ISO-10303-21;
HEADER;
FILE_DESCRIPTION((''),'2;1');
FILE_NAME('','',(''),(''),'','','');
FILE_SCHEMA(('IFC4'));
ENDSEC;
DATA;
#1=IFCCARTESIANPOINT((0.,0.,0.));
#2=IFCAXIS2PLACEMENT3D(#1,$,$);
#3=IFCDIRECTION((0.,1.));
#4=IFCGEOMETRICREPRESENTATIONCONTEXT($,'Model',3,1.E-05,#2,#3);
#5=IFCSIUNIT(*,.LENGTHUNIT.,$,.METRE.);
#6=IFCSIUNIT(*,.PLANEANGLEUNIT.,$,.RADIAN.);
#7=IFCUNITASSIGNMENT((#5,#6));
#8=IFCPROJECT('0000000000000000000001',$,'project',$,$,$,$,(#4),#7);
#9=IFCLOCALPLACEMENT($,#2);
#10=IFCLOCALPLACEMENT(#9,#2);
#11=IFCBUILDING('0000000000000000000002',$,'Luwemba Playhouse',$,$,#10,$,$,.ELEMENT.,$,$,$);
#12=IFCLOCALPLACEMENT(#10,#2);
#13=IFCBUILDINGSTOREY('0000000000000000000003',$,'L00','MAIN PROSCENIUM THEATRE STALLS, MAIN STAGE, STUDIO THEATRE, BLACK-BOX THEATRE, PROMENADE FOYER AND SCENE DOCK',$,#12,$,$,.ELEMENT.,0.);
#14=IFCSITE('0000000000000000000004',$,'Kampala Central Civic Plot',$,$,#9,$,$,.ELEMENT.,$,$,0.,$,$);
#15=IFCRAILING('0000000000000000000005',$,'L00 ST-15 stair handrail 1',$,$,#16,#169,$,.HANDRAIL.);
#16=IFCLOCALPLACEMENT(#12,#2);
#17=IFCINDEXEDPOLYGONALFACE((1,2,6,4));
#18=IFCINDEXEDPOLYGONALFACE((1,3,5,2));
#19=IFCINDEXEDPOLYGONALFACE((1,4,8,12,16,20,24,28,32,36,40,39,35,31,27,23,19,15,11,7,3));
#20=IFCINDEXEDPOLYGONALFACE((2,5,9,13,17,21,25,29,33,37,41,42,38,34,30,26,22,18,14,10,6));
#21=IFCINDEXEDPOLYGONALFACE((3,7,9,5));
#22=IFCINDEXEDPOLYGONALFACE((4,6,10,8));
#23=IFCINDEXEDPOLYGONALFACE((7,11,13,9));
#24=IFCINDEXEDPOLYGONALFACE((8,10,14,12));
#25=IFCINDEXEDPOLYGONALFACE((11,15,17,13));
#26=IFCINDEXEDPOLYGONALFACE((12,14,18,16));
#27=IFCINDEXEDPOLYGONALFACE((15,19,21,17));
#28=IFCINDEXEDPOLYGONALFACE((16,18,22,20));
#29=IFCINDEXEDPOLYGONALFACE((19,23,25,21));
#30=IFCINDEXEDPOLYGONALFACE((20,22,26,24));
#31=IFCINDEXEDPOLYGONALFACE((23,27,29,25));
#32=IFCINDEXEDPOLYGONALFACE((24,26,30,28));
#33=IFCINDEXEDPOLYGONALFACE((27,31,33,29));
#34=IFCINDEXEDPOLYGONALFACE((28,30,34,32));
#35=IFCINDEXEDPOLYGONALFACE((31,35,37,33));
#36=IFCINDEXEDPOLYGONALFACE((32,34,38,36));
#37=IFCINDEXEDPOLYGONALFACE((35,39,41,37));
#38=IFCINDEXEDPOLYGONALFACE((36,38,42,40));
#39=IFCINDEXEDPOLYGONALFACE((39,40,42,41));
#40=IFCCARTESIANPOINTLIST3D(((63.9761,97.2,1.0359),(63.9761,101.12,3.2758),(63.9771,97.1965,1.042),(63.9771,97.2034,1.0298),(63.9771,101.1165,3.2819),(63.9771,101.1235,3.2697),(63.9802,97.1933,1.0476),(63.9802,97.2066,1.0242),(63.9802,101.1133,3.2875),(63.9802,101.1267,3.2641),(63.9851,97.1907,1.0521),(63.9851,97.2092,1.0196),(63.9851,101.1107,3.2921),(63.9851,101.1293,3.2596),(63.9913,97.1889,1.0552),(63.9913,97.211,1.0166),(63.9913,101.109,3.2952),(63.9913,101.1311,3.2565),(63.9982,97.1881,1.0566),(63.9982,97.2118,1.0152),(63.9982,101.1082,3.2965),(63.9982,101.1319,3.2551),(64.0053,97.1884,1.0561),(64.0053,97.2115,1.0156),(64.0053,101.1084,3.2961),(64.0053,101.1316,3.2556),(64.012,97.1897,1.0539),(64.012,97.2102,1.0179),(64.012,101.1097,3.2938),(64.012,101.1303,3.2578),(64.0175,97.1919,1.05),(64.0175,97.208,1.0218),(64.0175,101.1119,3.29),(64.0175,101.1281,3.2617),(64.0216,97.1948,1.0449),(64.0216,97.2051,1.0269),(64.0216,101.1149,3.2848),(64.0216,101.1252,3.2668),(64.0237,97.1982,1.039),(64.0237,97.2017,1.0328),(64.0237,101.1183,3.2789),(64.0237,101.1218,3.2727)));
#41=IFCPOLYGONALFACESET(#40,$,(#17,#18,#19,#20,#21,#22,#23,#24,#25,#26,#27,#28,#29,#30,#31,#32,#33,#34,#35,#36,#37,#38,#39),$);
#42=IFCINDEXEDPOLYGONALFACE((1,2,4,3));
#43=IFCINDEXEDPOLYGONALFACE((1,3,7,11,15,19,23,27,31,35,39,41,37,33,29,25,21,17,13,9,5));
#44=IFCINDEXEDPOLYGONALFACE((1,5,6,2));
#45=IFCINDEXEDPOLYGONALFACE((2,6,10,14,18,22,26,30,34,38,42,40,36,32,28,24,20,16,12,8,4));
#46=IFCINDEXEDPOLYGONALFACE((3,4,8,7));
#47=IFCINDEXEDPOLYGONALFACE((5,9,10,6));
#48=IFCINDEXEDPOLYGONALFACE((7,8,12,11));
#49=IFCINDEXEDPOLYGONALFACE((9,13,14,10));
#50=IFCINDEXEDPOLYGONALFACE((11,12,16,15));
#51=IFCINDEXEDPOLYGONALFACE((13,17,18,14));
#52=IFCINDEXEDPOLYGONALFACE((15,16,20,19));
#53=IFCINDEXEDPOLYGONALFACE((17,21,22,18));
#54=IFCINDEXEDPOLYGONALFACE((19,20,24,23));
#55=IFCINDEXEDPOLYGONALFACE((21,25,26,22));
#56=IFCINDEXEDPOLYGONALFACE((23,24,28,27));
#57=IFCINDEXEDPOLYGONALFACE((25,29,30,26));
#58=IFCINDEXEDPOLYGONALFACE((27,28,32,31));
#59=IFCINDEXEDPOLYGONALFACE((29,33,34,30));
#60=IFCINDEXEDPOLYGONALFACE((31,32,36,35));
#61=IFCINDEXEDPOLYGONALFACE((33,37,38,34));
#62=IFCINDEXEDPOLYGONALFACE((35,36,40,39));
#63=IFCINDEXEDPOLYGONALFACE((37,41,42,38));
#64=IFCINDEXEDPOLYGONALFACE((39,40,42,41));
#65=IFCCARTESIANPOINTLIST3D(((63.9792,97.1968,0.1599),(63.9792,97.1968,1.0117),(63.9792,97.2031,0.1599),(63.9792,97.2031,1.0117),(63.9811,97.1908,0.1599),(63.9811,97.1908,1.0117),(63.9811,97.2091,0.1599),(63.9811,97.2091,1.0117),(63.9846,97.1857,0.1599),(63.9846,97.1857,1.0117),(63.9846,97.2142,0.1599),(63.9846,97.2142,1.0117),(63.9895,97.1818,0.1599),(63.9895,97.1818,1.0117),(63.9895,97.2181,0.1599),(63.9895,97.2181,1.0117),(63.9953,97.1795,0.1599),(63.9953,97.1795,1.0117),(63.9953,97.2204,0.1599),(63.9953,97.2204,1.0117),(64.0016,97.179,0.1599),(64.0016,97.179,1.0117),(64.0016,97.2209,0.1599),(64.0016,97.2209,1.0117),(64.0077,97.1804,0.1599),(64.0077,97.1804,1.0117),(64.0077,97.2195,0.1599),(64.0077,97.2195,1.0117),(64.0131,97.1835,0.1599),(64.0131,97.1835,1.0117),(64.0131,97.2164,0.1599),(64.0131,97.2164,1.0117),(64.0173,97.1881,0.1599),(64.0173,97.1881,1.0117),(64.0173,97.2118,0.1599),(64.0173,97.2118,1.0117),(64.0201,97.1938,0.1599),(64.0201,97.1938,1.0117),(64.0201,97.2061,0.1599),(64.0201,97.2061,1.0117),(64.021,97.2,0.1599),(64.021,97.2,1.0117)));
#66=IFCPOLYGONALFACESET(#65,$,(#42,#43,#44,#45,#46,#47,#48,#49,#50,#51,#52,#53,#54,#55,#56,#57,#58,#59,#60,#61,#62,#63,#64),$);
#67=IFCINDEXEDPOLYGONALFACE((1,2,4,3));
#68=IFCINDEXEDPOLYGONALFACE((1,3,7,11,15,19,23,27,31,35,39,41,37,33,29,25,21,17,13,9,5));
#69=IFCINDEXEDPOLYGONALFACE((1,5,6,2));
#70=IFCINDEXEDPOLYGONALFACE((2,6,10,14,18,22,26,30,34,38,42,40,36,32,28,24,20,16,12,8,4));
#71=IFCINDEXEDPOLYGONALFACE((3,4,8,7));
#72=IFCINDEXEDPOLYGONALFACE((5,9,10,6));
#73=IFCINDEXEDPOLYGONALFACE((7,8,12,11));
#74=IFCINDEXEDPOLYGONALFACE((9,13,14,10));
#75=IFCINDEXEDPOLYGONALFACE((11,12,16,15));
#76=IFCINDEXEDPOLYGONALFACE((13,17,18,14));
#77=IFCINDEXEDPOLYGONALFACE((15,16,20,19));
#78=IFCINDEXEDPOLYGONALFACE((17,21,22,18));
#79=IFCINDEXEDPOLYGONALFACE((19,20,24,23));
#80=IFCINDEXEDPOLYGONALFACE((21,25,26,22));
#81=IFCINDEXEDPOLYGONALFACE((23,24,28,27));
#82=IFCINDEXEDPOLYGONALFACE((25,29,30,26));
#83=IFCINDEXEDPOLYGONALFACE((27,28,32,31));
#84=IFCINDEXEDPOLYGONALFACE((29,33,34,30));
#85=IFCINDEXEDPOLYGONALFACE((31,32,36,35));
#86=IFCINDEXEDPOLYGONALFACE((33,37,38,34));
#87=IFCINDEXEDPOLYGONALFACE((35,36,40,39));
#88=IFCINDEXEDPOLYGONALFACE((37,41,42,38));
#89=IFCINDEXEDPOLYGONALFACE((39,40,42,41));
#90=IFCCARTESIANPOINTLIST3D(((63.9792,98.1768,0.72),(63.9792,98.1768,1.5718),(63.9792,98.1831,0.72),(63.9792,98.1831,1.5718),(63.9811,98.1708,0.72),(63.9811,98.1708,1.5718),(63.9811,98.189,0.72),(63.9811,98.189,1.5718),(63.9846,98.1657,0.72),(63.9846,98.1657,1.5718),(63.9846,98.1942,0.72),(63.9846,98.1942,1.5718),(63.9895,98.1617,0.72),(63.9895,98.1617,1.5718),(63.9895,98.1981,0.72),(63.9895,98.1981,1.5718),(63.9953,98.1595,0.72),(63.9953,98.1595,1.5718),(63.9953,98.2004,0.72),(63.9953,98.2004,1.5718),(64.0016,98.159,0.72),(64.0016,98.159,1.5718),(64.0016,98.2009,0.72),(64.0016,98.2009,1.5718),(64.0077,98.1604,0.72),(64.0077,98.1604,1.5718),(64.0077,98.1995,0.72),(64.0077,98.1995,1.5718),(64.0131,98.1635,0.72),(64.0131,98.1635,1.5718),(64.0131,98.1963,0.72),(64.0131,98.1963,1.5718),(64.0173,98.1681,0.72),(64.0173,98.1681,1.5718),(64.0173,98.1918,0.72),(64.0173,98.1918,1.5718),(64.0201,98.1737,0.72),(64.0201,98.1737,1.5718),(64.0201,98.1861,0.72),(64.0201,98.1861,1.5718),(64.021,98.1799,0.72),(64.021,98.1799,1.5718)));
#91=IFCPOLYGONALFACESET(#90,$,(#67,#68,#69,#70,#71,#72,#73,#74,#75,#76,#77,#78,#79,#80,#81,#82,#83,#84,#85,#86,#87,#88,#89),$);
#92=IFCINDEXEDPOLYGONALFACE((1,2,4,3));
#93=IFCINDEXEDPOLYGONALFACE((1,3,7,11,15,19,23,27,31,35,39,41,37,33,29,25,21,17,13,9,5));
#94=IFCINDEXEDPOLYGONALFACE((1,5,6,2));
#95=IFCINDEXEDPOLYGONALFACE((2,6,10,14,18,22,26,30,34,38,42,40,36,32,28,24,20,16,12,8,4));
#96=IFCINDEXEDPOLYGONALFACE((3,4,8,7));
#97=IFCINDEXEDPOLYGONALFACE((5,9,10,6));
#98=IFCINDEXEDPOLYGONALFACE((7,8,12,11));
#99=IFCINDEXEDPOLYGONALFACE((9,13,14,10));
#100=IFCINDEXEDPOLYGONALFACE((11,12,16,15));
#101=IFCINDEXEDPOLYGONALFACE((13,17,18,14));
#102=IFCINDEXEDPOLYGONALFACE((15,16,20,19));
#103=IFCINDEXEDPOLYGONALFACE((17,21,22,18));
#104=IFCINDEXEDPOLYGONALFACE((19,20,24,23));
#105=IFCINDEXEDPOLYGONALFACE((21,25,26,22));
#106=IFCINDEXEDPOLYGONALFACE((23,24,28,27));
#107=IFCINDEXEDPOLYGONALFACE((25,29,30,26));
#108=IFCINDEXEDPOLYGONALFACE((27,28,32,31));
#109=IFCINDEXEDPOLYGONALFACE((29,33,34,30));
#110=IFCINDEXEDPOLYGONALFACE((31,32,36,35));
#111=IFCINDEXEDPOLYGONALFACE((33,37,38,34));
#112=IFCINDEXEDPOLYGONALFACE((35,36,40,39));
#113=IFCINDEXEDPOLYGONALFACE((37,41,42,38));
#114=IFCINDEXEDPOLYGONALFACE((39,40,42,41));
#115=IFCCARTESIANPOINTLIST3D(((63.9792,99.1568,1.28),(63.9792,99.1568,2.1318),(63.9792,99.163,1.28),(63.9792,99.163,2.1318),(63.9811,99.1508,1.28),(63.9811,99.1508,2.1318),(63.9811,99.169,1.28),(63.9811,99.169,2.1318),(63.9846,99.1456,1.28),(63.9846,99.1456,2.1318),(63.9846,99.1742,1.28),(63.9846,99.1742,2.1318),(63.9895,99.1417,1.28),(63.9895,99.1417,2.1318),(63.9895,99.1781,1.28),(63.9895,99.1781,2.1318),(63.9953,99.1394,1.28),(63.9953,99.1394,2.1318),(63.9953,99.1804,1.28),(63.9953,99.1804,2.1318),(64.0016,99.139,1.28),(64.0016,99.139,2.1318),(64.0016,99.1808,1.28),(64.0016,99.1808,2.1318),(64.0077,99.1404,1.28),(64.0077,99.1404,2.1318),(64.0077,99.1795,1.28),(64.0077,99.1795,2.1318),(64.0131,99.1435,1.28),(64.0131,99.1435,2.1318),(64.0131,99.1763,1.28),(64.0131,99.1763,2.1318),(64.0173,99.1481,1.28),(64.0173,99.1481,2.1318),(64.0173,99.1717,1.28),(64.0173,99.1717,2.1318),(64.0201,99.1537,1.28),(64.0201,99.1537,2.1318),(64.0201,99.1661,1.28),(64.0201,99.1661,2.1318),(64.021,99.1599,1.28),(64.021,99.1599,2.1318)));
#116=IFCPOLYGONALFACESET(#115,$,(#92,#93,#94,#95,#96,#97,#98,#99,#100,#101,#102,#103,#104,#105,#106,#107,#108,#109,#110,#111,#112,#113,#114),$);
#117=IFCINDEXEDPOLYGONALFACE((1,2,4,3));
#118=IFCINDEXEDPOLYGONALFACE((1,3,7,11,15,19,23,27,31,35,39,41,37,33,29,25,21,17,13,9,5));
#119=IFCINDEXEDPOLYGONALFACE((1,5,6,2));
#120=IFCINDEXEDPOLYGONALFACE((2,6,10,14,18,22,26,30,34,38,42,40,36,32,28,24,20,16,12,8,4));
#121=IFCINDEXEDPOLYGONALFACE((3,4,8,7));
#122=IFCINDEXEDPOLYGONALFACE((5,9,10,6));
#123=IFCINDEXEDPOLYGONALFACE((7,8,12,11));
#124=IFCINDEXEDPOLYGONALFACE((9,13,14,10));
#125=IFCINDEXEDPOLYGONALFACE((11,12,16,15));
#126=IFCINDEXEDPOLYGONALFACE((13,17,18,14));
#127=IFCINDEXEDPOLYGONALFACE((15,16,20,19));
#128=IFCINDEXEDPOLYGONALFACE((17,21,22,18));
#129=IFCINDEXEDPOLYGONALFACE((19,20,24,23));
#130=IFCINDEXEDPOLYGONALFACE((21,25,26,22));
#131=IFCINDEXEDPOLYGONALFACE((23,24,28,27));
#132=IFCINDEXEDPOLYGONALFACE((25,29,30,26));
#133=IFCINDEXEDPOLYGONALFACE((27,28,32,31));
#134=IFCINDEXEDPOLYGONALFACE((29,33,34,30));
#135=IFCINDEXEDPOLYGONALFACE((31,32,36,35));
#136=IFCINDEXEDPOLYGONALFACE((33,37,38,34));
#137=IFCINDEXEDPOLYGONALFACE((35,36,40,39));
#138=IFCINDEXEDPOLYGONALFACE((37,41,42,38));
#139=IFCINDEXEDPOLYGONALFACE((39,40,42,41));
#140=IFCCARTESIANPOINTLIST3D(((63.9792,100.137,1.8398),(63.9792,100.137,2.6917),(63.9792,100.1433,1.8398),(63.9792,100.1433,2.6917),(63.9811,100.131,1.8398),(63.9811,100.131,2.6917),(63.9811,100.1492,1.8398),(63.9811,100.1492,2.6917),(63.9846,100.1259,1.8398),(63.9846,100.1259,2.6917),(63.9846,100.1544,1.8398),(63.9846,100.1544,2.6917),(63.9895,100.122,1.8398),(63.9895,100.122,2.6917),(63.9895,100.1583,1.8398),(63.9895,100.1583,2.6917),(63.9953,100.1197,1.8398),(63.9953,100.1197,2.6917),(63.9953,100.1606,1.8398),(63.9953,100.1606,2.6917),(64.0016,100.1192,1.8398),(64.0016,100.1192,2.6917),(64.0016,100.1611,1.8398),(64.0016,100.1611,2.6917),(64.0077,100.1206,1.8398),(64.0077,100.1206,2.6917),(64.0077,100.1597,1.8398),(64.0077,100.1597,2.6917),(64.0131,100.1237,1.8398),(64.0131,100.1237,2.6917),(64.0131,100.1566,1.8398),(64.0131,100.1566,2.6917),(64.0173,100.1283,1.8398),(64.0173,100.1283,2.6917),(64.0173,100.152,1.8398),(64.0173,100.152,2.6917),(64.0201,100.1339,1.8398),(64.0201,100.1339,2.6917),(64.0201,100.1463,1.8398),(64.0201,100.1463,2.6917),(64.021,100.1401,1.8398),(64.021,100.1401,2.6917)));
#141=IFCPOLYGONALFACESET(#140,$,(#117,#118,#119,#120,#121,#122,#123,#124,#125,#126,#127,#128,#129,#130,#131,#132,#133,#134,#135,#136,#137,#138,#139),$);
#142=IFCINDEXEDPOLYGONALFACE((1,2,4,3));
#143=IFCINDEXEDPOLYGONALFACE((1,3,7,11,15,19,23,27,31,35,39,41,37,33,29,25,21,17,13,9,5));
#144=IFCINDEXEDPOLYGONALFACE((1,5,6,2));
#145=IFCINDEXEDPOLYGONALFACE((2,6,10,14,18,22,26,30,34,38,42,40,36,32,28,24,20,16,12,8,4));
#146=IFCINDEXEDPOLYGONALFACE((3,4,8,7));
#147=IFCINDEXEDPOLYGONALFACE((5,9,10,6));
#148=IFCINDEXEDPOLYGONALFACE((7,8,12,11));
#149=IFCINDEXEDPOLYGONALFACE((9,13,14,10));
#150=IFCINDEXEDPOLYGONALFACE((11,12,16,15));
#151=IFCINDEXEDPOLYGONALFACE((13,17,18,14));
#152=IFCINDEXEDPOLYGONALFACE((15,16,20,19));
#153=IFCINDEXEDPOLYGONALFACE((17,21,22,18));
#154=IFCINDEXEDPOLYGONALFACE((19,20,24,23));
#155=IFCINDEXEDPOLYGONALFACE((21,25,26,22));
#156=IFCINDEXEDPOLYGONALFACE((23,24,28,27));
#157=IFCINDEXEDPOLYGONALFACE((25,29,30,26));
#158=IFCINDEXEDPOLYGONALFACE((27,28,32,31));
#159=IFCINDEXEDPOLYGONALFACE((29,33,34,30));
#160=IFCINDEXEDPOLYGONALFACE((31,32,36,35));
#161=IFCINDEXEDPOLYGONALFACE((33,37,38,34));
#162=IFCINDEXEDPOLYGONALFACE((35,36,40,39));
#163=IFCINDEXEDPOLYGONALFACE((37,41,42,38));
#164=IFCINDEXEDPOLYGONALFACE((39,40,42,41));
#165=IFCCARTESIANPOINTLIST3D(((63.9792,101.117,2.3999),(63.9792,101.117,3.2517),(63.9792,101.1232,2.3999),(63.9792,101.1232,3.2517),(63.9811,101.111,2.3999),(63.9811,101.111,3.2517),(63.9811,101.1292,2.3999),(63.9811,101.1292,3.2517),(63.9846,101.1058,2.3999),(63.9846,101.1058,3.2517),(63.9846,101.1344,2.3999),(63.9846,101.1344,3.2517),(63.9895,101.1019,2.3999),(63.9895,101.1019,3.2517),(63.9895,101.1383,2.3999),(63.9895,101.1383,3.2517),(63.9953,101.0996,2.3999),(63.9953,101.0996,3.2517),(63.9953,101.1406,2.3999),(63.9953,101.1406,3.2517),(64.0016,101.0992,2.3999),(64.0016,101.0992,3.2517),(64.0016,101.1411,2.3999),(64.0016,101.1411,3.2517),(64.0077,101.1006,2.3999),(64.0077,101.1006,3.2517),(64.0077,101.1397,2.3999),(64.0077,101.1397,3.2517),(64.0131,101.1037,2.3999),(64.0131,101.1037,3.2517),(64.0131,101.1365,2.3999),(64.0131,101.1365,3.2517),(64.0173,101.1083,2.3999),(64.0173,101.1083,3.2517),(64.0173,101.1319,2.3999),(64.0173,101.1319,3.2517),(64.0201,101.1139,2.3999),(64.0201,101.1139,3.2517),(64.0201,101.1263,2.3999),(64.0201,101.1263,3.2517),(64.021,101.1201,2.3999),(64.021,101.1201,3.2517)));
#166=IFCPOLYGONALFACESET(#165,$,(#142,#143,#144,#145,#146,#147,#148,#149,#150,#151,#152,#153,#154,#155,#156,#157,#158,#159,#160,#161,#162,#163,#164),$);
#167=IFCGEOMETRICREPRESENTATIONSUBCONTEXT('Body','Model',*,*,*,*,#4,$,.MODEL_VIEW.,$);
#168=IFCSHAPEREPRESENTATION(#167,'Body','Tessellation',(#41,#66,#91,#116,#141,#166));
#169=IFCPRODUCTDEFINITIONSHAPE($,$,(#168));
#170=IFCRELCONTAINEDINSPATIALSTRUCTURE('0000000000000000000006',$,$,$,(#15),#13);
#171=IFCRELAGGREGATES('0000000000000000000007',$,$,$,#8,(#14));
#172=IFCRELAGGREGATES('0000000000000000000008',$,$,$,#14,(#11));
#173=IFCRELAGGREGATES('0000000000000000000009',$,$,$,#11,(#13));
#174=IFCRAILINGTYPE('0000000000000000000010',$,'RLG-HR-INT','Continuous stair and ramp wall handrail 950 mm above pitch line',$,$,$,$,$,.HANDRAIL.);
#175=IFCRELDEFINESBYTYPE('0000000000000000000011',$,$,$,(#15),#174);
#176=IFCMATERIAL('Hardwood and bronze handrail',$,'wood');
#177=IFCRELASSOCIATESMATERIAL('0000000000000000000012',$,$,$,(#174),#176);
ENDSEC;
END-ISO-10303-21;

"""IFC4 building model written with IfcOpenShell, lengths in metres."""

from ifc_helpers import new_model, si_unit, direction, frame, origin, origin_2d, place, context, subcontext, project, spatial, circle, extrude, material, type_object, element, save


model = new_model("IFC4")

# Units and contexts
model_context = context("Model", 3, precision=1e-05, world=origin(), true_north=direction((0.0, 1.0)))
body_context = subcontext(model_context, "Body", "Model", "MODEL_VIEW")
ifc_project = project(units=[si_unit("LENGTHUNIT", "METRE"), si_unit("PLANEANGLEUNIT", "RADIAN")], contexts=[model_context])

# Site, building, storey
site_placement = place(None, origin())
site = spatial("IfcSite", under=ifc_project, at=site_placement, Name="Kampala Central Civic Plot", CompositionType="ELEMENT", RefElevation=0.0)
building_placement = place(site_placement, origin())
building = spatial("IfcBuilding", under=site, at=building_placement, Name="Luwemba Playhouse", CompositionType="ELEMENT")
storey_placement = place(building_placement, origin())
storey = spatial("IfcBuildingStorey", under=building, at=storey_placement, Name="L00", Description="MAIN PROSCENIUM THEATRE STALLS, MAIN STAGE, STUDIO THEATRE, BLACK-BOX THEATRE, PROMENADE FOYER AND SCENE DOCK", CompositionType="ELEMENT", Elevation=0.0)

# Railing
ifc_material_1 = material(Name="Hardwood and bronze handrail", Category="wood")
railing_type_1 = type_object("IfcRailingType", Name="RLG-HR-INT", Description="Continuous stair and ramp wall handrail 950 mm above pitch line", PredefinedType="HANDRAIL", material=ifc_material_1)
railing_1_placement = place(storey_placement, frame((64.0, 97.2, 0.1599)))
element("IfcRailing", 1, at=railing_1_placement, inside=storey, type_object=railing_type_1, Name="L00 ST-15 stair handrail 1", PredefinedType="HANDRAIL", context=body_context, shape_type="SweptSolid", body=[
    extrude(circle(Radius=0.0239, at=origin_2d()), frame((0.0, 0.0, 0.876), z_axis=(0.0, 0.868253, 0.496121), x_axis=(-1.0, 0.0, 0.0)), (0.0, 0.0, 1.0), 4.5149),
    extrude(circle(Radius=0.021, at=origin_2d()), origin(), (0.0, 0.0, 1.0), 0.8518),
    extrude(circle(Radius=0.021, at=origin_2d()), frame((0.0, 0.98, 0.5601)), (0.0, 0.0, 1.0), 0.8518),
    extrude(circle(Radius=0.021, at=origin_2d()), frame((0.0, 1.96, 1.1201)), (0.0, 0.0, 1.0), 0.8518),
    extrude(circle(Radius=0.021, at=origin_2d()), frame((0.0, 2.9402, 1.6799)), (0.0, 0.0, 1.0), 0.8518),
    extrude(circle(Radius=0.021, at=origin_2d()), frame((0.0, 3.9202, 2.24)), (0.0, 0.0, 1.0), 0.8518),
])

save(model, "model.ifc")
